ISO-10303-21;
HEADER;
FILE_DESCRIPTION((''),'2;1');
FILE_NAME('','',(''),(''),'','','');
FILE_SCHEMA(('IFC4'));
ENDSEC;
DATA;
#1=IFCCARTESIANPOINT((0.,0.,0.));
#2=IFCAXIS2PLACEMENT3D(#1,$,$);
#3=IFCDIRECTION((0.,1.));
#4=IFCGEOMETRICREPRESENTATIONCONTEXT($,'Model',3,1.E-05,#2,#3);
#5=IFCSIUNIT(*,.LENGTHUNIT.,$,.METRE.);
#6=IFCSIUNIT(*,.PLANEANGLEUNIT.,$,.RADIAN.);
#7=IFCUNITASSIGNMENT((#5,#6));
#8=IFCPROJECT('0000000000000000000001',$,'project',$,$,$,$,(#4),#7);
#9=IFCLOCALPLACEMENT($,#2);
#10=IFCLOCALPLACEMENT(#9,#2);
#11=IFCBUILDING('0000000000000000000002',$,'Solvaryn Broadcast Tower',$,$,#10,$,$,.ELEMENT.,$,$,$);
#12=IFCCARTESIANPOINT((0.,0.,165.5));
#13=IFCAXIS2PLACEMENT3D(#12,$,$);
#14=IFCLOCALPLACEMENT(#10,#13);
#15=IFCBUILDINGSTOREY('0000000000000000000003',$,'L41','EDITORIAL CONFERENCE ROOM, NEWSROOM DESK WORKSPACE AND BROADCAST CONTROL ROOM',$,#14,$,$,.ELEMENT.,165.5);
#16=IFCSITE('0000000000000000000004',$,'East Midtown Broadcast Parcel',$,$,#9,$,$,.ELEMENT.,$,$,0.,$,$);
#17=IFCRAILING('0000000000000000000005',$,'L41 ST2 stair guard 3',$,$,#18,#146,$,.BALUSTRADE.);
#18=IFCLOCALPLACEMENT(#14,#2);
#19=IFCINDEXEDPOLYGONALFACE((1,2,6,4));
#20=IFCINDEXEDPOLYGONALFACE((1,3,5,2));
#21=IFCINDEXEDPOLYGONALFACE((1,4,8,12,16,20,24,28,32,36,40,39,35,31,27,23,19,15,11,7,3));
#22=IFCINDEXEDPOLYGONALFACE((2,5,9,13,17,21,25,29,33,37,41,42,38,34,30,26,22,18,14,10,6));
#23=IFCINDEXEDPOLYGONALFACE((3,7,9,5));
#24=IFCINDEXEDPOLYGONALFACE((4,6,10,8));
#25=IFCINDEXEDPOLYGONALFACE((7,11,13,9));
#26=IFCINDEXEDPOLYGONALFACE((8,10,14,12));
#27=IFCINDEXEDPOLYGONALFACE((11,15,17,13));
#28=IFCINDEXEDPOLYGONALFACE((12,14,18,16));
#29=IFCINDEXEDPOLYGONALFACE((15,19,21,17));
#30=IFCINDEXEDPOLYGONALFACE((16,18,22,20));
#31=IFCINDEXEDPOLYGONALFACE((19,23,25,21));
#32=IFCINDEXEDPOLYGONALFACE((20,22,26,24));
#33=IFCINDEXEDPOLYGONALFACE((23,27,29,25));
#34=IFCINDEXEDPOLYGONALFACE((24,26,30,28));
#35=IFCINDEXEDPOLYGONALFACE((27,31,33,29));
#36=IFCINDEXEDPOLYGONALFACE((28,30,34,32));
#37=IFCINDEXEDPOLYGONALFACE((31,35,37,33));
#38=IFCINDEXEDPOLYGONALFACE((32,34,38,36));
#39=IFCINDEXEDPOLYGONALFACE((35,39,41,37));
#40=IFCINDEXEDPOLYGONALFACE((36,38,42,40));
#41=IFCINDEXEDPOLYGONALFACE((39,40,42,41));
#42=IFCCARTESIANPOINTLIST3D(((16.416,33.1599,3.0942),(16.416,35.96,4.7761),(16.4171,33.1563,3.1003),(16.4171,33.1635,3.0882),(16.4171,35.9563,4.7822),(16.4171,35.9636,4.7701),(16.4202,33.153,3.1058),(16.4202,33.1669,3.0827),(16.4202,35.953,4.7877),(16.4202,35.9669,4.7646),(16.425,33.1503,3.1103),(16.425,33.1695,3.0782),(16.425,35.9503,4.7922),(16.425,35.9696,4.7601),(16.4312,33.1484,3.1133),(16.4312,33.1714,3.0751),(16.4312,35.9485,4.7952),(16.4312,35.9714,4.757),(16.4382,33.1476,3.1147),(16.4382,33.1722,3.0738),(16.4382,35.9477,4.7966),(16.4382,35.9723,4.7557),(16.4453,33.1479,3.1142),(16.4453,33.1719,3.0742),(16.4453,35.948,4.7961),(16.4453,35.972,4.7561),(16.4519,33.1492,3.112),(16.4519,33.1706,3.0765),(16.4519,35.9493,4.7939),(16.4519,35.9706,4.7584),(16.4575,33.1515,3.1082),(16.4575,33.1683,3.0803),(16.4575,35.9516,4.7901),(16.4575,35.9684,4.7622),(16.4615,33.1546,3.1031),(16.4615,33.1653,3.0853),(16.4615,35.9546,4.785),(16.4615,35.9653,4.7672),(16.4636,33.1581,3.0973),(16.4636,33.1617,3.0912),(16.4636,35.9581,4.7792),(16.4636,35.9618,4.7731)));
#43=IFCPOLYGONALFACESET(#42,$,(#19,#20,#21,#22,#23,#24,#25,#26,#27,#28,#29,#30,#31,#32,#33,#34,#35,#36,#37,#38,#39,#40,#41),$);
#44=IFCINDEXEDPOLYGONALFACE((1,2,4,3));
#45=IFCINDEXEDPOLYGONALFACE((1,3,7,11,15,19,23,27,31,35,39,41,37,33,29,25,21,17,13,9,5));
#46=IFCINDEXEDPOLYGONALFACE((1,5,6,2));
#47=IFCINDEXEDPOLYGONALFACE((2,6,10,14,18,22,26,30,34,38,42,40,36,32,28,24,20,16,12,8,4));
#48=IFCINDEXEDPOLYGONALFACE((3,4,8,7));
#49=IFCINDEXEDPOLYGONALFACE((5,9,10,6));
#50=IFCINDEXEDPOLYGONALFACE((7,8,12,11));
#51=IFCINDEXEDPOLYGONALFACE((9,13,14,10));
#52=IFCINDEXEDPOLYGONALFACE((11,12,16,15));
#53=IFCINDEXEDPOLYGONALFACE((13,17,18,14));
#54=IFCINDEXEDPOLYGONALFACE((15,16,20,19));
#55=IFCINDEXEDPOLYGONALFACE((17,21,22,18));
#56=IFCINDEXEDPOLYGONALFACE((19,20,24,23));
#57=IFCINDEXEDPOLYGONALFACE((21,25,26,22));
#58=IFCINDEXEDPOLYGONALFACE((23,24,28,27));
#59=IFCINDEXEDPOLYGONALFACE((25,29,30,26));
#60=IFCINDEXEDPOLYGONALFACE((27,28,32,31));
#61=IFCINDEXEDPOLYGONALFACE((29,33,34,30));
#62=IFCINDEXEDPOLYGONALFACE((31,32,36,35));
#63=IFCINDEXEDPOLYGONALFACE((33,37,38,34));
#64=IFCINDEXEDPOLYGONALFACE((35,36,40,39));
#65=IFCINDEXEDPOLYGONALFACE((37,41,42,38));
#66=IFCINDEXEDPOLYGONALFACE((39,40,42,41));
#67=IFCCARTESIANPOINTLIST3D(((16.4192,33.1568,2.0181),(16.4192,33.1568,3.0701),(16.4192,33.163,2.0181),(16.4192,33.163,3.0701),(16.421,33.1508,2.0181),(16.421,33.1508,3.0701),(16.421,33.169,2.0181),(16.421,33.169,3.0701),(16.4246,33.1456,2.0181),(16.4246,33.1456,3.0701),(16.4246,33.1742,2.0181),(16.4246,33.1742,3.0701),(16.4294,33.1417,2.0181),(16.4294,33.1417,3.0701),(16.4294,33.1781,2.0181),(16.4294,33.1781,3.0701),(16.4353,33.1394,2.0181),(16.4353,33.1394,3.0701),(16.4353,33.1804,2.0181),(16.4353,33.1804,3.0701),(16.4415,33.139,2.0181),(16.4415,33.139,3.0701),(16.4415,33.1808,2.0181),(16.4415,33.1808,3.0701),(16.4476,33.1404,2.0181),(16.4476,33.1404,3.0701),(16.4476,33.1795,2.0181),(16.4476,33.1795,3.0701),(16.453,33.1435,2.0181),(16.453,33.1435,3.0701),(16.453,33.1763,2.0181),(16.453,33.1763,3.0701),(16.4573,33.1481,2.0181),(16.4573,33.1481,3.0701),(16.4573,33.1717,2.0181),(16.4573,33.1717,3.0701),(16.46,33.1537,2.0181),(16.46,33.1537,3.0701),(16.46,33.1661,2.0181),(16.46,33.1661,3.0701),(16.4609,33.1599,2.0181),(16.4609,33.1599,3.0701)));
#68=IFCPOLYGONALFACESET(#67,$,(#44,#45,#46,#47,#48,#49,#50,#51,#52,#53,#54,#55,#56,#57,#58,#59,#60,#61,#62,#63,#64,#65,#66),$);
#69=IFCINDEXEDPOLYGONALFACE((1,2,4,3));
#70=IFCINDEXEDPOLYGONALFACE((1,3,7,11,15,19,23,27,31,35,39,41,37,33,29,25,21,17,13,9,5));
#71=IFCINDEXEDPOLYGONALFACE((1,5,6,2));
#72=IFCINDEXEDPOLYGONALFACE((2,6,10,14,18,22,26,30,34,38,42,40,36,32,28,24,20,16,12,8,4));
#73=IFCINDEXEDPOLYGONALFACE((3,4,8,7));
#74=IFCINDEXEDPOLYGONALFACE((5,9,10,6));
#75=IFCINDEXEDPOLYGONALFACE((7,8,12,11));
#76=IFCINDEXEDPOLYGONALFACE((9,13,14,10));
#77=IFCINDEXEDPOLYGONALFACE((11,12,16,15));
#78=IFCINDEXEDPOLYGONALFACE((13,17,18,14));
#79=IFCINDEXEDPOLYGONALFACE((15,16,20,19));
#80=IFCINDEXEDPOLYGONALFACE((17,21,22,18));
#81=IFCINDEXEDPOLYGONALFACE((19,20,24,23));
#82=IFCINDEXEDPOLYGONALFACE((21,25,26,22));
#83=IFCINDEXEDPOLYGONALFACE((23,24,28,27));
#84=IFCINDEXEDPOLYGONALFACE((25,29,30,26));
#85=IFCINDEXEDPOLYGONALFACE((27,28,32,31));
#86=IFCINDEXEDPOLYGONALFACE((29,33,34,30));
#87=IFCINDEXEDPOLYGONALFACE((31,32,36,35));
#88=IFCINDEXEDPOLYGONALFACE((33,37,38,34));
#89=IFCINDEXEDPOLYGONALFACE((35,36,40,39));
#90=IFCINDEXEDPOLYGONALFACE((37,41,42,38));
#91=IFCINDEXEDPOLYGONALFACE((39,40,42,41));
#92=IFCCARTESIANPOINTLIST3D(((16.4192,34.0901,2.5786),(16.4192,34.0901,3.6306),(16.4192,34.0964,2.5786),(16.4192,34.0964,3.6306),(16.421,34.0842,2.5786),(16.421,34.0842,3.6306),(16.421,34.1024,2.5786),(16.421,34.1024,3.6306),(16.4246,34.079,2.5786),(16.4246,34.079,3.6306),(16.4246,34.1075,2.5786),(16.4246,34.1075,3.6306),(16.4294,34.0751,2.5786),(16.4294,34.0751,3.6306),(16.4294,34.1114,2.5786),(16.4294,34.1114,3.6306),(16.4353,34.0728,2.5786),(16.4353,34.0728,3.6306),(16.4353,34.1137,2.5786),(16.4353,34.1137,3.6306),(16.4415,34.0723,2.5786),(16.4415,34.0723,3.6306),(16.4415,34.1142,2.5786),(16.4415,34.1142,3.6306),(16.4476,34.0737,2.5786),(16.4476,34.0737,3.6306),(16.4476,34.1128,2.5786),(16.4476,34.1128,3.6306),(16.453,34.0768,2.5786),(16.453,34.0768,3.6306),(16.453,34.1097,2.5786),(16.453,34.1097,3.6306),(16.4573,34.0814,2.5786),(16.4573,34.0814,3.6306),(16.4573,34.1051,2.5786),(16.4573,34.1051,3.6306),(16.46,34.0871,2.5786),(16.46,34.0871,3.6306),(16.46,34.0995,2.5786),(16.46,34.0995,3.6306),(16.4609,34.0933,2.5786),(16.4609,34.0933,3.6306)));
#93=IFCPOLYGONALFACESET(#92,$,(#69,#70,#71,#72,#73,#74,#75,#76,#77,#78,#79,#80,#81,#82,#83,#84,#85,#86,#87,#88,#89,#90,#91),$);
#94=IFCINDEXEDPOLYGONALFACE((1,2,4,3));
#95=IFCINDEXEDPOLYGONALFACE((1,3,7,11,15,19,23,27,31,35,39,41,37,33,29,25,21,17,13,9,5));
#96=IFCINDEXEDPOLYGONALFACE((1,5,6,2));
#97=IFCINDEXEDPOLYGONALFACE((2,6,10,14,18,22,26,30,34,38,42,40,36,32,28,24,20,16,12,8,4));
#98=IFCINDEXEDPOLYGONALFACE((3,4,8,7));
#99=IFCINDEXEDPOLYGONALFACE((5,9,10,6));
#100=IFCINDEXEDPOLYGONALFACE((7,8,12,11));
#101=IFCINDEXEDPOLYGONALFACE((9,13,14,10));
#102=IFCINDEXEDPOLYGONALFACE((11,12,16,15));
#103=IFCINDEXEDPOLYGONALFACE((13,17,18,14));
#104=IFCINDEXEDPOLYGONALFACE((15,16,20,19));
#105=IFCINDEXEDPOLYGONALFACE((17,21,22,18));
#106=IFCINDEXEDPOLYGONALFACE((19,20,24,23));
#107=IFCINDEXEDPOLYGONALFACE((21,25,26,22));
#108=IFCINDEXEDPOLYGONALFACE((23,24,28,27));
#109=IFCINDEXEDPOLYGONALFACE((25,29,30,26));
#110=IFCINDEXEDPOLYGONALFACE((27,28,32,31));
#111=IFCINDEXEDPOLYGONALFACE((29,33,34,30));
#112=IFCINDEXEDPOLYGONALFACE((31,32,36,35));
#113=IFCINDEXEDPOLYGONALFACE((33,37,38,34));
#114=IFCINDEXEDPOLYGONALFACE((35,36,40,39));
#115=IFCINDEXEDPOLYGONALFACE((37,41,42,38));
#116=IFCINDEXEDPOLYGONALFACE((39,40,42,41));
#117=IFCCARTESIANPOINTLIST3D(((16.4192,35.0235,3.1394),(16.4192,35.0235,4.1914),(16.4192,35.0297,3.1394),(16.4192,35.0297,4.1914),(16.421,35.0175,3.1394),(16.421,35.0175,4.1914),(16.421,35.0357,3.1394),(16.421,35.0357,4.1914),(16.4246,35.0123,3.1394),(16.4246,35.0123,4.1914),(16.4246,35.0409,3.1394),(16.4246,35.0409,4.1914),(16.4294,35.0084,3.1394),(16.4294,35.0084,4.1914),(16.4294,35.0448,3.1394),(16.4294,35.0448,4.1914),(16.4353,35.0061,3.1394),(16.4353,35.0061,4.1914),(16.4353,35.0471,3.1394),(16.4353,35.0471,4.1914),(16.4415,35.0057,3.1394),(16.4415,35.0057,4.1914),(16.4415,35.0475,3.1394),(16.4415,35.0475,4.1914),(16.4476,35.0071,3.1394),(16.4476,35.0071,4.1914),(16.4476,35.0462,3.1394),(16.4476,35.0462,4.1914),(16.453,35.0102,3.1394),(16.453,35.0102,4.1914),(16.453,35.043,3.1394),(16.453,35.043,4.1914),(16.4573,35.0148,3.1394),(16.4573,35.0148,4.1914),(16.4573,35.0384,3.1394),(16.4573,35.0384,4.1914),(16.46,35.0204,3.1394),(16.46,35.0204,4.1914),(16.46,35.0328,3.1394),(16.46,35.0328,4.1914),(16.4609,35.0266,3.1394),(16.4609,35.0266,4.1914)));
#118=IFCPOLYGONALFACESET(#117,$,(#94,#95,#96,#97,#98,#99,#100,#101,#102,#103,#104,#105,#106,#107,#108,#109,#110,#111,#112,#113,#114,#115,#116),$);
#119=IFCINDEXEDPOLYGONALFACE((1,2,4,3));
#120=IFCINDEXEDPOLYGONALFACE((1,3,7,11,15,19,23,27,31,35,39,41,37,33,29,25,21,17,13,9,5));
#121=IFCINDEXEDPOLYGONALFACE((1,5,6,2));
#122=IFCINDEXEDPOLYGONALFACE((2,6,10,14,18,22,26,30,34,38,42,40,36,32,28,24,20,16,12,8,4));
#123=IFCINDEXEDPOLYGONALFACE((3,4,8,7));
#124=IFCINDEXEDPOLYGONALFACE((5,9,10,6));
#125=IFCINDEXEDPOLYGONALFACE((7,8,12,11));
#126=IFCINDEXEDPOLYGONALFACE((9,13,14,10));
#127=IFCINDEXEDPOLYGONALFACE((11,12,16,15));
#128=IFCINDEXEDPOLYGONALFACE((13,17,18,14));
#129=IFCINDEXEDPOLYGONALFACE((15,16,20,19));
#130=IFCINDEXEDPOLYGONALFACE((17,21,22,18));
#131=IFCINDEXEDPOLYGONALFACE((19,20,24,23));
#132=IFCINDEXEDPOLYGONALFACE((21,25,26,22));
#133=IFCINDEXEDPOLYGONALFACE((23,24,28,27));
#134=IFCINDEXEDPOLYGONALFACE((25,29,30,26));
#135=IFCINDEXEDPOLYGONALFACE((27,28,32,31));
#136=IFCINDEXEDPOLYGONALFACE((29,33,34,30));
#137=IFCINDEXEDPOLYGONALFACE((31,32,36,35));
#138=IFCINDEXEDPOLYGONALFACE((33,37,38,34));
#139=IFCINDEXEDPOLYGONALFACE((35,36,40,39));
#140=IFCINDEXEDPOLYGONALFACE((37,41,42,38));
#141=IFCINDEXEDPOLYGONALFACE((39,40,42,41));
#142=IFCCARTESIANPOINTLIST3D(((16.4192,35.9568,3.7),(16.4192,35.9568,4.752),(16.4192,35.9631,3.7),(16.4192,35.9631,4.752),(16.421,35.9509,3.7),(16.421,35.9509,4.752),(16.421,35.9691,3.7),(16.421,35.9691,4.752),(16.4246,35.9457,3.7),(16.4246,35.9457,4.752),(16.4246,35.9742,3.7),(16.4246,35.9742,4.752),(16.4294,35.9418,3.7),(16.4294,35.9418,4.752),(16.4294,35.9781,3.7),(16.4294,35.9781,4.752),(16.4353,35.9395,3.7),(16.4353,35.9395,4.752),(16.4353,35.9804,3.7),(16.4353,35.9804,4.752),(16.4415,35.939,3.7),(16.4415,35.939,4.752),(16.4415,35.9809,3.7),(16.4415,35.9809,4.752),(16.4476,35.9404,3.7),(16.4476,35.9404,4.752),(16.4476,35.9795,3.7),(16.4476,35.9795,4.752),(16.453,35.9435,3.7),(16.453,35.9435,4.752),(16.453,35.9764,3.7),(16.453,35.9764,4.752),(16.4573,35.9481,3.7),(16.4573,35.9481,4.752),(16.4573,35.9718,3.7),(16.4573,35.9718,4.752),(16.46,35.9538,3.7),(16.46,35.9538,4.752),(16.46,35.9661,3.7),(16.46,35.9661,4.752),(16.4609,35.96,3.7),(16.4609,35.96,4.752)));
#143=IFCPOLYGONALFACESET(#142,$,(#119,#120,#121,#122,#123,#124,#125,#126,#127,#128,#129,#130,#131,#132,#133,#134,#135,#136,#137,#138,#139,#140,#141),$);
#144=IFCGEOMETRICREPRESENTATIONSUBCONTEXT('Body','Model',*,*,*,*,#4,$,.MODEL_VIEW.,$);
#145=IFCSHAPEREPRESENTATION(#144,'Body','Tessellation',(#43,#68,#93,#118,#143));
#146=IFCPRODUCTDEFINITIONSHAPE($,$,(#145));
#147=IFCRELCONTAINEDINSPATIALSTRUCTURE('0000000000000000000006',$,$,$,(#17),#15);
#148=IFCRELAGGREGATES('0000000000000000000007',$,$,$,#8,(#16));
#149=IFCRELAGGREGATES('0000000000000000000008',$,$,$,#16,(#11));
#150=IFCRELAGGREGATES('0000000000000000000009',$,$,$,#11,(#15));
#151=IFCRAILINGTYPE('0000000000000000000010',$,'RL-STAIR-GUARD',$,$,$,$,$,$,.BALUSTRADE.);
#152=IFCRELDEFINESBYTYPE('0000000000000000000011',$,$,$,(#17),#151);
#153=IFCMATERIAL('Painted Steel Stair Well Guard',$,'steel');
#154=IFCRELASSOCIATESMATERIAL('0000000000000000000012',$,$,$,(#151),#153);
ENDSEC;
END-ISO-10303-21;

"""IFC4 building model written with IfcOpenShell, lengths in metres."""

from ifc_helpers import new_model, si_unit, direction, frame, origin, origin_2d, place, context, subcontext, project, spatial, circle, extrude, material, type_object, element, save


model = new_model("IFC4")

# Units and contexts
model_context = context("Model", 3, precision=1e-05, world=origin(), true_north=direction((0.0, 1.0)))
body_context = subcontext(model_context, "Body", "Model", "MODEL_VIEW")
ifc_project = project(units=[si_unit("LENGTHUNIT", "METRE"), si_unit("PLANEANGLEUNIT", "RADIAN")], contexts=[model_context])

# Site, building, storey
site_placement = place(None, origin())
site = spatial("IfcSite", under=ifc_project, at=site_placement, Name="East Midtown Broadcast Parcel", CompositionType="ELEMENT", RefElevation=0.0)
building_placement = place(site_placement, origin())
building = spatial("IfcBuilding", under=site, at=building_placement, Name="Solvaryn Broadcast Tower", CompositionType="ELEMENT")
storey_placement = place(building_placement, frame((0.0, 0.0, 165.5)))
storey = spatial("IfcBuildingStorey", under=building, at=storey_placement, Name="L41", Description="EDITORIAL CONFERENCE ROOM, NEWSROOM DESK WORKSPACE AND BROADCAST CONTROL ROOM", CompositionType="ELEMENT", Elevation=165.5)

# Railing
ifc_material_1 = material(Name="Painted Steel Stair Well Guard", Category="steel")
railing_type_1 = type_object("IfcRailingType", Name="RL-STAIR-GUARD", PredefinedType="BALUSTRADE", material=ifc_material_1)
railing_1_placement = place(storey_placement, frame((16.4399, 33.1599, 2.0181)))
element("IfcRailing", 1, at=railing_1_placement, inside=storey, type_object=railing_type_1, Name="L41 ST2 stair guard 3", PredefinedType="BALUSTRADE", context=body_context, shape_type="SweptSolid", body=[
    extrude(circle(Radius=0.0239, at=origin_2d()), frame((0.0, 0.0, 1.0762), z_axis=(0.0, 0.857242, 0.514913), x_axis=(-1.0, 0.0, 0.0)), (0.0, 0.0, 1.0), 3.2664),
    extrude(circle(Radius=0.021, at=origin_2d()), origin(), (0.0, 0.0, 1.0), 1.052),
    extrude(circle(Radius=0.021, at=origin_2d()), frame((0.0, 0.9333, 0.5605)), (0.0, 0.0, 1.0), 1.052),
    extrude(circle(Radius=0.021, at=origin_2d()), frame((0.0, 1.8667, 1.1213)), (0.0, 0.0, 1.0), 1.052),
    extrude(circle(Radius=0.021, at=origin_2d()), frame((0.0, 2.8, 1.6819)), (0.0, 0.0, 1.0), 1.052),
])

save(model, "model.ifc")
